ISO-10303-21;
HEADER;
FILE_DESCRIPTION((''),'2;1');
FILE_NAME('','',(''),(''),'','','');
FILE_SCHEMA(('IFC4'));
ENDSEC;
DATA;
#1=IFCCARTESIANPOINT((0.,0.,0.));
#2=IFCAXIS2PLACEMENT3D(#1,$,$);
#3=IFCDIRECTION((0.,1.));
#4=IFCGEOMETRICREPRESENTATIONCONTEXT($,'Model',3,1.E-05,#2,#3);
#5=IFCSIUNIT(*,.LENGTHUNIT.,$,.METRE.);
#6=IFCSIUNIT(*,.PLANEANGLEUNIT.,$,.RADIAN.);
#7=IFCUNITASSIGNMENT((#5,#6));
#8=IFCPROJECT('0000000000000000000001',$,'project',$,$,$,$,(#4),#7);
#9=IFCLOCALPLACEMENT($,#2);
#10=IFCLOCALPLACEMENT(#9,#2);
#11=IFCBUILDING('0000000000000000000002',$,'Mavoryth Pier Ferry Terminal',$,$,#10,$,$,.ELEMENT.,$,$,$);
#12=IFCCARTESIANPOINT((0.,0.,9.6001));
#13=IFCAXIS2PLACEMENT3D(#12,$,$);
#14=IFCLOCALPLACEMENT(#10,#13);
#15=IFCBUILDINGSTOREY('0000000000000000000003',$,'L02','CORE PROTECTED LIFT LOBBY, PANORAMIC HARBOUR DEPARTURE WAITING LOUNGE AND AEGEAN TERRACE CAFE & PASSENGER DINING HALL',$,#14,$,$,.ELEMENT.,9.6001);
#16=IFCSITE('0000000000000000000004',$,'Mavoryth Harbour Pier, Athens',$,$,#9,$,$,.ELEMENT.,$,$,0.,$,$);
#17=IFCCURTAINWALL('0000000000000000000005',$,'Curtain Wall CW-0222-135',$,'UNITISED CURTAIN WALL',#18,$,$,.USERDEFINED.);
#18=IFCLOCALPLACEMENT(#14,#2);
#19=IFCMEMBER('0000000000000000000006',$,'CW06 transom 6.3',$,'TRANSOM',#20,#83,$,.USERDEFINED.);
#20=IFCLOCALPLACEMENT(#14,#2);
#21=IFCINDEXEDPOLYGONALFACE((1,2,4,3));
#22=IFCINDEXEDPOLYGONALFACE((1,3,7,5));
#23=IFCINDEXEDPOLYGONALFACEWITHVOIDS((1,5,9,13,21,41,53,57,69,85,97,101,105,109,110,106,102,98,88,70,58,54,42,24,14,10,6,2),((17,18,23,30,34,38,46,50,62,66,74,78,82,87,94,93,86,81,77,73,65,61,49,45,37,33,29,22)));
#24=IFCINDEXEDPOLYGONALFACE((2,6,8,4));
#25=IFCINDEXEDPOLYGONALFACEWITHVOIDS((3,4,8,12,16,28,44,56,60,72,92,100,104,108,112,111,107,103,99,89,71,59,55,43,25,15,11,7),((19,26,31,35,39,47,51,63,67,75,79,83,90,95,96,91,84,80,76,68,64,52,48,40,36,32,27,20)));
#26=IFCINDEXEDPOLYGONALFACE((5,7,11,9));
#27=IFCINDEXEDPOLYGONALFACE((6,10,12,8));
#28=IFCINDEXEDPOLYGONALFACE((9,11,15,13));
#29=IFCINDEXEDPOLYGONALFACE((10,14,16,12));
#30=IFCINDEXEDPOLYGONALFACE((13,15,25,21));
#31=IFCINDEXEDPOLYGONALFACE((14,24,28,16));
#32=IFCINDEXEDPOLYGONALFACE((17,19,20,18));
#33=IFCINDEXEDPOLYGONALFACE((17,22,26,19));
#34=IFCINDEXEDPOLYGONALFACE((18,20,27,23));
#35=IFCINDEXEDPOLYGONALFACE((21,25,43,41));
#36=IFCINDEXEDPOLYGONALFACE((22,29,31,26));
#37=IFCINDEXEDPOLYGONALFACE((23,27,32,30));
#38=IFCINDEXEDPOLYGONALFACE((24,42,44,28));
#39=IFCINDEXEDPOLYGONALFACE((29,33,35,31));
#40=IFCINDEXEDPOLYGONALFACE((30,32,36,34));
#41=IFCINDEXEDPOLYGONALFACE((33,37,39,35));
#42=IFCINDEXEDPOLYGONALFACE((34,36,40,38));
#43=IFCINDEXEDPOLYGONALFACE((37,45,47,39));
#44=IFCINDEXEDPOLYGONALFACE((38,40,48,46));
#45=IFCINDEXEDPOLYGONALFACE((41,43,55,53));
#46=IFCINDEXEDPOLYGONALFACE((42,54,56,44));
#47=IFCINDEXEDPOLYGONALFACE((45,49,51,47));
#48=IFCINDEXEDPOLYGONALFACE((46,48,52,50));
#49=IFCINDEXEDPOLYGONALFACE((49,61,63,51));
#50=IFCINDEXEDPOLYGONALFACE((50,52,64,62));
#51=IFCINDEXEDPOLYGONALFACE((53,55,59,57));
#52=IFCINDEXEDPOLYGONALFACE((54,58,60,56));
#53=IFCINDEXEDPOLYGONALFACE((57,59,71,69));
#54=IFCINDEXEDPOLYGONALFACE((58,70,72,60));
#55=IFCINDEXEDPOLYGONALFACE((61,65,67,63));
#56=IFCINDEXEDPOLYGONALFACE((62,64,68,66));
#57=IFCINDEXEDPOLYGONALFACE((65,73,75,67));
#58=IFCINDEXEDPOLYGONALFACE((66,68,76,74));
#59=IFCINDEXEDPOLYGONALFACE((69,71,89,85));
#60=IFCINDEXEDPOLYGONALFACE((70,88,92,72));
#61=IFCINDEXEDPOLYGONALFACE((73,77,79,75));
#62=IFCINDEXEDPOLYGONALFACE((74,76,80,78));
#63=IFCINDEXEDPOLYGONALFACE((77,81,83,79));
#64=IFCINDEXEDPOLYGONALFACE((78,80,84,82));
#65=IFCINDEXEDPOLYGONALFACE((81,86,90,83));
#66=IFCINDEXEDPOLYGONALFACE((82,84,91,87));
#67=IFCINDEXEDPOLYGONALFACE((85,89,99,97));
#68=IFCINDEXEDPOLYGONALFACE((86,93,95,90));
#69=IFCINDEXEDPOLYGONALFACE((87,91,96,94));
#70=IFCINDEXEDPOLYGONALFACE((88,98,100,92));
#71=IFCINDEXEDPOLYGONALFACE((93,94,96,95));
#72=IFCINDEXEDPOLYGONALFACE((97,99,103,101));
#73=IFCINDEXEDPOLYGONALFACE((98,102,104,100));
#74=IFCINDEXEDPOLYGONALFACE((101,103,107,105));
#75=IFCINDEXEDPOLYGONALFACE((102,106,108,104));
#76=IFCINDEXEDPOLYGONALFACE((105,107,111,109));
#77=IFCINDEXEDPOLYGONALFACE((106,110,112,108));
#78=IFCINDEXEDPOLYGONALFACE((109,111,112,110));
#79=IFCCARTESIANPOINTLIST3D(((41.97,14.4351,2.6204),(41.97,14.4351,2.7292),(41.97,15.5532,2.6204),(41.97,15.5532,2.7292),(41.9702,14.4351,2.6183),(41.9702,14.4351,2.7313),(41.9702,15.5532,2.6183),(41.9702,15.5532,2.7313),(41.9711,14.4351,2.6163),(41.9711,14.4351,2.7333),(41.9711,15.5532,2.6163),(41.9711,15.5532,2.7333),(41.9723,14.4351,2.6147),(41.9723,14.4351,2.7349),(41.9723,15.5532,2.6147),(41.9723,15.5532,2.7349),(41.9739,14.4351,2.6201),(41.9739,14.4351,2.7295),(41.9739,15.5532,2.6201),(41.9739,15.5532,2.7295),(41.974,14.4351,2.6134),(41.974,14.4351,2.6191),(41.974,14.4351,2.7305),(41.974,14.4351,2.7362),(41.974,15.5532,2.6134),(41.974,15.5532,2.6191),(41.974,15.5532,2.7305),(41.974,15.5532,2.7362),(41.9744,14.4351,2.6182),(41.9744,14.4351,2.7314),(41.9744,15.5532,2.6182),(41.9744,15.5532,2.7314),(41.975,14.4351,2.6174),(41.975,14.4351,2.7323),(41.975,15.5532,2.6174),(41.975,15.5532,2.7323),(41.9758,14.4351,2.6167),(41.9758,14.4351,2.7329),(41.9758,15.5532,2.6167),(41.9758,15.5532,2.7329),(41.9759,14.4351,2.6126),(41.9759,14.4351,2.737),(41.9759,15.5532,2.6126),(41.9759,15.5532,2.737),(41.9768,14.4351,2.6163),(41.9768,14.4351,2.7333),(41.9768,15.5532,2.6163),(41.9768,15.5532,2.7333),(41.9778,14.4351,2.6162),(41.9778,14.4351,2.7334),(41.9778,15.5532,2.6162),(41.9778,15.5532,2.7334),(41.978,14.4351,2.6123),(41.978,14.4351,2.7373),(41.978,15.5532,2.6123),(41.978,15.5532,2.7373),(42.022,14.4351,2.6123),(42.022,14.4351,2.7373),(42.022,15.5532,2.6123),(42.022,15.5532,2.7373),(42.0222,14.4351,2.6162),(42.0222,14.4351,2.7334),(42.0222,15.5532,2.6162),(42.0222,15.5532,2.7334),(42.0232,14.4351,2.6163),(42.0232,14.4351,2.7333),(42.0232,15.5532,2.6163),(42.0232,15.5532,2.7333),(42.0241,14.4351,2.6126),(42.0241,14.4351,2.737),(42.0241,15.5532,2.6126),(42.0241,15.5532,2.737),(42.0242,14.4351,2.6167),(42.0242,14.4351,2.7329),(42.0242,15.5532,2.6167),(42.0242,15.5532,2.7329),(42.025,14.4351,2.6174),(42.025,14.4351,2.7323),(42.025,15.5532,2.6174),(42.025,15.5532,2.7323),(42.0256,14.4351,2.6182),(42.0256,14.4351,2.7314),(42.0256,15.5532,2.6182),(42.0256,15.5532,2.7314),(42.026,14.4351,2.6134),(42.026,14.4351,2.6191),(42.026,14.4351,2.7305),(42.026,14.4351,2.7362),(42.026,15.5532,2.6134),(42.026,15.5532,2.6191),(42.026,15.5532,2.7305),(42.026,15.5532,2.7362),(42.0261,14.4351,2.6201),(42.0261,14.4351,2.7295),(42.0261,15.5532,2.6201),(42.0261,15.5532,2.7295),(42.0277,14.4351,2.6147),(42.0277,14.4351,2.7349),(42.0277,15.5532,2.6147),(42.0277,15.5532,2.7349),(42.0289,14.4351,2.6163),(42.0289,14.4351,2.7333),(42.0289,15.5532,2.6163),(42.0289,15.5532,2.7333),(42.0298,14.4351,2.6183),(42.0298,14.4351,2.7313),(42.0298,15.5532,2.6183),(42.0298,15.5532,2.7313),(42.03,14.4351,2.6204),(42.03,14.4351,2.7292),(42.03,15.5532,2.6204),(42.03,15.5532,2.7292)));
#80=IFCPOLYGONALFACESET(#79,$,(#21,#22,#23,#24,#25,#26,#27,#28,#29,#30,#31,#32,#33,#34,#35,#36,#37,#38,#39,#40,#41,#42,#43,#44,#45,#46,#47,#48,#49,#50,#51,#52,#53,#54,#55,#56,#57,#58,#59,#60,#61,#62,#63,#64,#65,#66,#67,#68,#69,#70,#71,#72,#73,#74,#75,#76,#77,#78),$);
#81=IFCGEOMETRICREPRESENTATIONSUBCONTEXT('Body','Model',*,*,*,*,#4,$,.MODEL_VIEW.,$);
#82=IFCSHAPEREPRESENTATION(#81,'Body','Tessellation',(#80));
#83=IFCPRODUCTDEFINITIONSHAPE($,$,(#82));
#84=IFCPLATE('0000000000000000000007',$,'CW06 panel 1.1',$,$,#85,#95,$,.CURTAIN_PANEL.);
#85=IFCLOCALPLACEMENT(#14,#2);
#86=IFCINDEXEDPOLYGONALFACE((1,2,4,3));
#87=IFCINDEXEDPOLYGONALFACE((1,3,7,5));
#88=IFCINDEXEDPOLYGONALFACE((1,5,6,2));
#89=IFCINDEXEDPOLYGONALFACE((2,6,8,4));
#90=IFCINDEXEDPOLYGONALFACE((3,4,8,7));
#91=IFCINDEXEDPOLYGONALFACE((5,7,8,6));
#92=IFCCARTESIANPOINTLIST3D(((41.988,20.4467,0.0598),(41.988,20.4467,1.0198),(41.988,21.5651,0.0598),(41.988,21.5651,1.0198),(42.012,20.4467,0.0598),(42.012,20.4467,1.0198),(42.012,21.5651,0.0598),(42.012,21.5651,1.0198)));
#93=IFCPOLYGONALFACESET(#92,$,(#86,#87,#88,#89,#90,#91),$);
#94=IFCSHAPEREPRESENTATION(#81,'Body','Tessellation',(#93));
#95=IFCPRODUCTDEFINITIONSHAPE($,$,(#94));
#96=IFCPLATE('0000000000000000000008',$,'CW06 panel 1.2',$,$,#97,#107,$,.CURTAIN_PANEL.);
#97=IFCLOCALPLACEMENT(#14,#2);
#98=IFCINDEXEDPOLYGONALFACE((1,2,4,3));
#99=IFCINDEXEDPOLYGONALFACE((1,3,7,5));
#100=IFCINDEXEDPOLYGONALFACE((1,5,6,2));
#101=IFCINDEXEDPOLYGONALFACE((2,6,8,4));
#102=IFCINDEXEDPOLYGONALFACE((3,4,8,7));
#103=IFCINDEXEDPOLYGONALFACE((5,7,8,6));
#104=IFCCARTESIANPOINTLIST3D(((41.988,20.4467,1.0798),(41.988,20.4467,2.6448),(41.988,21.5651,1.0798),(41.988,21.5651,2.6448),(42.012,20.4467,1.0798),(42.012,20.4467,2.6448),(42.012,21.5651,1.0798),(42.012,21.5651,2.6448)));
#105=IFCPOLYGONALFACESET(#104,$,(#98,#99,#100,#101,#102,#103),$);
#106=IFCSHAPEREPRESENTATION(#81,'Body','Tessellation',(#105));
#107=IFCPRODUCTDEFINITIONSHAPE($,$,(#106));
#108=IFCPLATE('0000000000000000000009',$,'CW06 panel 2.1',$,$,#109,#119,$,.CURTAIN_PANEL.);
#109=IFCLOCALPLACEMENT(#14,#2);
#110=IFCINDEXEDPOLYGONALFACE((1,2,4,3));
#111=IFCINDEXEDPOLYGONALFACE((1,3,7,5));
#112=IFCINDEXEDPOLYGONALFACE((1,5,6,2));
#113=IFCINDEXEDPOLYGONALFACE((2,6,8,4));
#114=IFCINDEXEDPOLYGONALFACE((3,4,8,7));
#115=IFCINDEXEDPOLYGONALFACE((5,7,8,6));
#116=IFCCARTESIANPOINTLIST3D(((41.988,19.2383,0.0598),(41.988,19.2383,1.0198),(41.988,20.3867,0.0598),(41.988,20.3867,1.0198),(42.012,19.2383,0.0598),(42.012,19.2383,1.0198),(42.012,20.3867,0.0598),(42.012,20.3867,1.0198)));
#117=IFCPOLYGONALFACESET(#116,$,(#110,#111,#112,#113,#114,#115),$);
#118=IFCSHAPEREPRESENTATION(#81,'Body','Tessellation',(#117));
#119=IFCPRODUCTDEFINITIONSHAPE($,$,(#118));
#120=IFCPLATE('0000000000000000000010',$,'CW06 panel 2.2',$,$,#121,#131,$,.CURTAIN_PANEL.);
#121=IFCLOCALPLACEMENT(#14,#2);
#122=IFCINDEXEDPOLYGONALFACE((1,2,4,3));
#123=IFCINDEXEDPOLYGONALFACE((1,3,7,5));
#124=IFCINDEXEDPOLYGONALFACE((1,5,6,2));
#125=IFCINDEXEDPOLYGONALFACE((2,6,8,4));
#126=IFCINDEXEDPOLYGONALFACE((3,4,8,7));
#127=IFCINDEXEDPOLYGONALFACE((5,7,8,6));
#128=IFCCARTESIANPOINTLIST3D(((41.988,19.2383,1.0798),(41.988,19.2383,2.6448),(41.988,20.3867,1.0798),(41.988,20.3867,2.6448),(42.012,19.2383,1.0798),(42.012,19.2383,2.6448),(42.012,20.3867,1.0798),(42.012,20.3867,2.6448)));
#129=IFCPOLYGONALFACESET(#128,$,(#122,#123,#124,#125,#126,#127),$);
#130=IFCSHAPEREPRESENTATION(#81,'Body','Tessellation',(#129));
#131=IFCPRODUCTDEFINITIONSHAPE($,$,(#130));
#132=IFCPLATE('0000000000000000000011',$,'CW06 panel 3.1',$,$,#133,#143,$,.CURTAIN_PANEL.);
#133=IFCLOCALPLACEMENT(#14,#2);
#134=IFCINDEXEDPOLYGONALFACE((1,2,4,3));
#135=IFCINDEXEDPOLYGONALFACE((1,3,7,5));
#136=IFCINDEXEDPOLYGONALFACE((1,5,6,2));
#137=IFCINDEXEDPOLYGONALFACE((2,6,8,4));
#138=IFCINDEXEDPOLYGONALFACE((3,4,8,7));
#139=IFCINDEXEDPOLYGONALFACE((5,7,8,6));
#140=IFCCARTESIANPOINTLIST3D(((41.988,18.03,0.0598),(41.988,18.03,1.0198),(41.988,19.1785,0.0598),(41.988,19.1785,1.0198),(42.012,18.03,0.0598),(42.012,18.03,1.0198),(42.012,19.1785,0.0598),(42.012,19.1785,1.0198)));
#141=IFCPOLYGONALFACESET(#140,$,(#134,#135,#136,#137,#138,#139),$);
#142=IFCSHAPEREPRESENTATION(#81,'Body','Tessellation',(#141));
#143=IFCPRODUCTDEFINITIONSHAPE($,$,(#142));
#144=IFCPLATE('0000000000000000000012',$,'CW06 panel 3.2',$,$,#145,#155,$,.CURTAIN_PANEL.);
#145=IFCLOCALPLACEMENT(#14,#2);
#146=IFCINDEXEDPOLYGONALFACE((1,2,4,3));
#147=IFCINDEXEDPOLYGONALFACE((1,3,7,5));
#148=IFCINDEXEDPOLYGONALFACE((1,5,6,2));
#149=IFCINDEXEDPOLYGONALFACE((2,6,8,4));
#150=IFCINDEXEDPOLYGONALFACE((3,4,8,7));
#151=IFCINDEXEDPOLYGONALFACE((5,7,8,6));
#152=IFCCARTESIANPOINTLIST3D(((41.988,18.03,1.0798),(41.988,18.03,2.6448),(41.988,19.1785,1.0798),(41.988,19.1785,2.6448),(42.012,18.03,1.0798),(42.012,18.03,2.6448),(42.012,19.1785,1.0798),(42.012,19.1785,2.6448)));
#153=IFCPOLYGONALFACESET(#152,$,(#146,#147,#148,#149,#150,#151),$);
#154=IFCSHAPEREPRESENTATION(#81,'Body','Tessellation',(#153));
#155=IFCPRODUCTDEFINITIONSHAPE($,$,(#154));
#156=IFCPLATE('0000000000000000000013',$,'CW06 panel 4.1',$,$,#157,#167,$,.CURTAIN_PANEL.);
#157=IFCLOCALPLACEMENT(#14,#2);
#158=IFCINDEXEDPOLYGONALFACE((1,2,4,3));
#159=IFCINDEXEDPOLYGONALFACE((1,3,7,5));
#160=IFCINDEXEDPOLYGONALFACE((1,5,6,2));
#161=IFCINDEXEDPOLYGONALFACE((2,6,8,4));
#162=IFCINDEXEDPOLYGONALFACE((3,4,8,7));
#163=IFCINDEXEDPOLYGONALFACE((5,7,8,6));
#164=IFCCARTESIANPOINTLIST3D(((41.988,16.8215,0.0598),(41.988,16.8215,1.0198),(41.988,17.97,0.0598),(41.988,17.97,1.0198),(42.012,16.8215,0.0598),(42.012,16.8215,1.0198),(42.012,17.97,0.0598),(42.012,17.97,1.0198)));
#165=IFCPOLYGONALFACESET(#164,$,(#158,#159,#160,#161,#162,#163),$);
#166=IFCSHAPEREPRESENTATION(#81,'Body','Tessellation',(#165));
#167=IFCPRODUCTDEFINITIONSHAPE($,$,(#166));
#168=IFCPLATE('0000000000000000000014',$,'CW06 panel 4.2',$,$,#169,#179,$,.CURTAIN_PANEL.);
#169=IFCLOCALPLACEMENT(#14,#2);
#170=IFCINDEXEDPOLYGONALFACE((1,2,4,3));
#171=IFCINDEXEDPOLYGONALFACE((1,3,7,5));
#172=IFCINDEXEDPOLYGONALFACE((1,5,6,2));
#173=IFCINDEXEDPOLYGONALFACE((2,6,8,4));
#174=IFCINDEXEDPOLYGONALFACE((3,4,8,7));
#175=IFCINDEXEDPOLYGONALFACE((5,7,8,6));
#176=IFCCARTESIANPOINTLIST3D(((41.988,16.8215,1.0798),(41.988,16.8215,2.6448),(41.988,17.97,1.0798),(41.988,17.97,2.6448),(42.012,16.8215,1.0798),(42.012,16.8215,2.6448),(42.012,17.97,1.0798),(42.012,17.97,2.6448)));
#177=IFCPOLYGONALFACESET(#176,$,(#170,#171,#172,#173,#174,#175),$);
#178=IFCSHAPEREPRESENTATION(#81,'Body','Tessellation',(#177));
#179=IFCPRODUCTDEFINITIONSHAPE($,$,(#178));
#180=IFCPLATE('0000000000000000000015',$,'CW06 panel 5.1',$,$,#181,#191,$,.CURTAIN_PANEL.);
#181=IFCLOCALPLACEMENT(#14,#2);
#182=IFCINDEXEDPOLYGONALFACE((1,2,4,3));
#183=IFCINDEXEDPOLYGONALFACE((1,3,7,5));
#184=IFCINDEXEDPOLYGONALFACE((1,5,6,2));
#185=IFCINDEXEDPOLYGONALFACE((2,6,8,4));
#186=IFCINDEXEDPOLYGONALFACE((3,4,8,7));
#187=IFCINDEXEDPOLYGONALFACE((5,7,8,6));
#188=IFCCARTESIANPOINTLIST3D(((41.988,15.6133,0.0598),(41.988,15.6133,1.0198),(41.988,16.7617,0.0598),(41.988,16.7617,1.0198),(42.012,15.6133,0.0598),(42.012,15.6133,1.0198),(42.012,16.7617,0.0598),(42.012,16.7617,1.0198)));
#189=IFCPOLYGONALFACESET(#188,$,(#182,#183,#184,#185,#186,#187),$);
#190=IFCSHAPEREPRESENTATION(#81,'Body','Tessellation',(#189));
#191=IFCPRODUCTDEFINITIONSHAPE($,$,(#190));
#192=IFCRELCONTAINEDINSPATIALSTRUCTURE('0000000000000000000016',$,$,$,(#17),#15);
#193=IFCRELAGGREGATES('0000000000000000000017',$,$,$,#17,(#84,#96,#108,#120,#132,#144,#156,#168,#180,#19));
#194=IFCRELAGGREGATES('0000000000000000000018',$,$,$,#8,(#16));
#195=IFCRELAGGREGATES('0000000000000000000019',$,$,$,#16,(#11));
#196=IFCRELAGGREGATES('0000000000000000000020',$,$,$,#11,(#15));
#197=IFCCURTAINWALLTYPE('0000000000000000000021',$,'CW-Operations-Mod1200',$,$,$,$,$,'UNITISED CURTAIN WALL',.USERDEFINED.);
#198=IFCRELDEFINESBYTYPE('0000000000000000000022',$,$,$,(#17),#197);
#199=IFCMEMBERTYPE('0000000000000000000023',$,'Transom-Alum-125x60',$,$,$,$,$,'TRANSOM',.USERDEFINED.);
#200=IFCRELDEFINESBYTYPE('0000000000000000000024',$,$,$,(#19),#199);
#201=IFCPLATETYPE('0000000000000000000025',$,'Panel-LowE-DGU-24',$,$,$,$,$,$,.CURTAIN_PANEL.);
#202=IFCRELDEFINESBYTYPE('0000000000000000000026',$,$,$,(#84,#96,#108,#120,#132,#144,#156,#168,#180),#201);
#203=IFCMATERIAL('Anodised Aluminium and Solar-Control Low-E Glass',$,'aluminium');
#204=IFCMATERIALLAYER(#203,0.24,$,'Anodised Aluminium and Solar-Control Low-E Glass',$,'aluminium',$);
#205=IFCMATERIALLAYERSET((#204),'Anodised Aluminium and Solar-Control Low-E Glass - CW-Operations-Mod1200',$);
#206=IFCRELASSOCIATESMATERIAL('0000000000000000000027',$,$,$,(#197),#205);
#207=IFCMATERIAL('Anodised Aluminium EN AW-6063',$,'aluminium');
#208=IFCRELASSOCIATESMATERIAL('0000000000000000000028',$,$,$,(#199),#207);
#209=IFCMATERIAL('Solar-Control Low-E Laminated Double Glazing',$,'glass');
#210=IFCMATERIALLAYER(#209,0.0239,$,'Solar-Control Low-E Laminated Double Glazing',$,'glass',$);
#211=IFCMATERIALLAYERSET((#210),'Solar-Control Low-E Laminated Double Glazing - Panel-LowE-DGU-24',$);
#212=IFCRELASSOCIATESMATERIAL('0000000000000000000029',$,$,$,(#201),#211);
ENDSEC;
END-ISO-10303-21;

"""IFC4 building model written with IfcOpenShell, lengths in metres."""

from ifc_helpers import new_model, si_unit, direction, frame, origin, origin_2d, place, context, subcontext, project, spatial, rectangle, hollow_rectangle, extrude, material, layer, layer_set, material_profile, profile_set, type_object, element, aggregate, save


model = new_model("IFC4")

# Units and contexts
model_context = context("Model", 3, precision=1e-05, world=origin(), true_north=direction((0.0, 1.0)))
body_context = subcontext(model_context, "Body", "Model", "MODEL_VIEW")
ifc_project = project(units=[si_unit("LENGTHUNIT", "METRE"), si_unit("PLANEANGLEUNIT", "RADIAN")], contexts=[model_context])

# Site, building, storey
site_placement = place(None, origin())
site = spatial("IfcSite", under=ifc_project, at=site_placement, Name="Mavoryth Harbour Pier, Athens", CompositionType="ELEMENT", RefElevation=0.0)
building_placement = place(site_placement, origin())
building = spatial("IfcBuilding", under=site, at=building_placement, Name="Mavoryth Pier Ferry Terminal", CompositionType="ELEMENT")
storey_placement = place(building_placement, frame((0.0, 0.0, 9.6001)))
storey = spatial("IfcBuildingStorey", under=building, at=storey_placement, Name="L02", Description="CORE PROTECTED LIFT LOBBY, PANORAMIC HARBOUR DEPARTURE WAITING LOUNGE AND AEGEAN TERRACE CAFE & PASSENGER DINING HALL", CompositionType="ELEMENT", Elevation=9.6001)

# Curtain wall
ifc_material_1 = material(Name="Anodised Aluminium and Solar-Control Low-E Glass", Category="aluminium")
ifc_layer_1 = layer(ifc_material_1, 0.24, Name="Anodised Aluminium and Solar-Control Low-E Glass", Category="aluminium")
ifc_layer_set_1 = layer_set([ifc_layer_1], Name="Anodised Aluminium and Solar-Control Low-E Glass - CW-Operations-Mod1200")
curtain_wall_type = type_object("IfcCurtainWallType", Name="CW-Operations-Mod1200", ElementType="UNITISED CURTAIN WALL", PredefinedType="USERDEFINED", material=ifc_layer_set_1)
curtain_wall_placement = place(storey_placement, origin())
curtain_wall = element("IfcCurtainWall", 1, at=curtain_wall_placement, inside=storey, type_object=curtain_wall_type, Name="Curtain Wall CW-0222-135", ObjectType="UNITISED CURTAIN WALL", PredefinedType="USERDEFINED")
ifc_material_2 = material(Name="Anodised Aluminium EN AW-6063", Category="aluminium")

# Member
ifc_material_profile_1 = material_profile(ifc_material_2, hollow_rectangle(XDim=0.0601, YDim=0.125, WallThickness=0.0039, InnerFilletRadius=0.0039, OuterFilletRadius=0.0081, at=origin_2d()), Name="AL-TRAN 125x60x4", Category="aluminium")
ifc_profile_set_1 = profile_set([ifc_material_profile_1], Name="Anodised Aluminium EN AW-6063 - AL-TRAN 125x60x4")
member_type_1 = type_object("IfcMemberType", Name="Transom-Alum-125x60", ElementType="TRANSOM", PredefinedType="USERDEFINED", material=ifc_profile_set_1)
member_1_placement = place(storey_placement, frame((42.0, 15.5532, 2.6748), z_axis=(0.0, -1.0, 0.0), x_axis=(1.0, 0.0, 0.0)))
member_1 = element("IfcMember", 2, at=member_1_placement, type_object=member_type_1, Name="CW06 transom 6.3", ObjectType="TRANSOM", PredefinedType="USERDEFINED", context=body_context, shape_type="SweptSolid", body=[
    extrude(hollow_rectangle(XDim=0.0601, YDim=0.125, WallThickness=0.0039, InnerFilletRadius=0.0039, OuterFilletRadius=0.0081, at=origin_2d()), origin(), (0.0, 0.0, 1.0), 1.1182),
])

# Plates
ifc_material_3 = material(Name="Solar-Control Low-E Laminated Double Glazing", Category="glass")
ifc_layer_2 = layer(ifc_material_3, 0.0239, Name="Solar-Control Low-E Laminated Double Glazing", Category="glass")
ifc_layer_set_2 = layer_set([ifc_layer_2], Name="Solar-Control Low-E Laminated Double Glazing - Panel-LowE-DGU-24")
plate_type = type_object("IfcPlateType", Name="Panel-LowE-DGU-24", PredefinedType="CURTAIN_PANEL", material=ifc_layer_set_2)
plate_1_placement = place(storey_placement, frame((42.0, 21.0059, 0.0598), z_axis=(0.0, 0.0, 1.0), x_axis=(0.0, -1.0, 0.0)))
plate_1 = element("IfcPlate", 3, at=plate_1_placement, type_object=plate_type, Name="CW06 panel 1.1", PredefinedType="CURTAIN_PANEL", context=body_context, shape_type="SweptSolid", body=[
    extrude(rectangle(XDim=1.1184, YDim=0.0239, at=origin_2d()), origin(), (0.0, 0.0, 1.0), 0.96),
])
plate_2_placement = place(storey_placement, frame((42.0, 21.0059, 1.0798), z_axis=(0.0, 0.0, 1.0), x_axis=(0.0, -1.0, 0.0)))
plate_2 = element("IfcPlate", 4, at=plate_2_placement, type_object=plate_type, Name="CW06 panel 1.2", PredefinedType="CURTAIN_PANEL", context=body_context, shape_type="SweptSolid", body=[
    extrude(rectangle(XDim=1.1184, YDim=0.0239, at=origin_2d()), origin(), (0.0, 0.0, 1.0), 1.5649),
])
plate_3_placement = place(storey_placement, frame((42.0, 19.8125, 0.0598), z_axis=(0.0, 0.0, 1.0), x_axis=(0.0, -1.0, 0.0)))
plate_3 = element("IfcPlate", 5, at=plate_3_placement, type_object=plate_type, Name="CW06 panel 2.1", PredefinedType="CURTAIN_PANEL", context=body_context, shape_type="SweptSolid", body=[
    extrude(rectangle(XDim=1.1484, YDim=0.0239, at=origin_2d()), origin(), (0.0, 0.0, 1.0), 0.96),
])
plate_4_placement = place(storey_placement, frame((42.0, 19.8125, 1.0798), z_axis=(0.0, 0.0, 1.0), x_axis=(0.0, -1.0, 0.0)))
plate_4 = element("IfcPlate", 6, at=plate_4_placement, type_object=plate_type, Name="CW06 panel 2.2", PredefinedType="CURTAIN_PANEL", context=body_context, shape_type="SweptSolid", body=[
    extrude(rectangle(XDim=1.1484, YDim=0.0239, at=origin_2d()), origin(), (0.0, 0.0, 1.0), 1.5649),
])
plate_5_placement = place(storey_placement, frame((42.0, 18.6042, 0.0598), z_axis=(0.0, 0.0, 1.0), x_axis=(0.0, -1.0, 0.0)))
plate_5 = element("IfcPlate", 7, at=plate_5_placement, type_object=plate_type, Name="CW06 panel 3.1", PredefinedType="CURTAIN_PANEL", context=body_context, shape_type="SweptSolid", body=[
    extrude(rectangle(XDim=1.1484, YDim=0.0239, at=origin_2d()), origin(), (0.0, 0.0, 1.0), 0.96),
])
plate_6_placement = place(storey_placement, frame((42.0, 18.6042, 1.0798), z_axis=(0.0, 0.0, 1.0), x_axis=(0.0, -1.0, 0.0)))
plate_6 = element("IfcPlate", 8, at=plate_6_placement, type_object=plate_type, Name="CW06 panel 3.2", PredefinedType="CURTAIN_PANEL", context=body_context, shape_type="SweptSolid", body=[
    extrude(rectangle(XDim=1.1484, YDim=0.0239, at=origin_2d()), origin(), (0.0, 0.0, 1.0), 1.5649),
])
plate_7_placement = place(storey_placement, frame((42.0, 17.3958, 0.0598), z_axis=(0.0, 0.0, 1.0), x_axis=(0.0, -1.0, 0.0)))
plate_7 = element("IfcPlate", 9, at=plate_7_placement, type_object=plate_type, Name="CW06 panel 4.1", PredefinedType="CURTAIN_PANEL", context=body_context, shape_type="SweptSolid", body=[
    extrude(rectangle(XDim=1.1484, YDim=0.0239, at=origin_2d()), origin(), (0.0, 0.0, 1.0), 0.96),
])
plate_8_placement = place(storey_placement, frame((42.0, 17.3958, 1.0798), z_axis=(0.0, 0.0, 1.0), x_axis=(0.0, -1.0, 0.0)))
plate_8 = element("IfcPlate", 10, at=plate_8_placement, type_object=plate_type, Name="CW06 panel 4.2", PredefinedType="CURTAIN_PANEL", context=body_context, shape_type="SweptSolid", body=[
    extrude(rectangle(XDim=1.1484, YDim=0.0239, at=origin_2d()), origin(), (0.0, 0.0, 1.0), 1.5649),
])
plate_9_placement = place(storey_placement, frame((42.0, 16.1875, 0.0598), z_axis=(0.0, 0.0, 1.0), x_axis=(0.0, -1.0, 0.0)))
plate_9 = element("IfcPlate", 11, at=plate_9_placement, type_object=plate_type, Name="CW06 panel 5.1", PredefinedType="CURTAIN_PANEL", context=body_context, shape_type="SweptSolid", body=[
    extrude(rectangle(XDim=1.1484, YDim=0.0239, at=origin_2d()), origin(), (0.0, 0.0, 1.0), 0.96),
])
aggregate(curtain_wall, [plate_1, plate_2, plate_3, plate_4, plate_5, plate_6, plate_7, plate_8, plate_9, member_1])

save(model, "model.ifc")
